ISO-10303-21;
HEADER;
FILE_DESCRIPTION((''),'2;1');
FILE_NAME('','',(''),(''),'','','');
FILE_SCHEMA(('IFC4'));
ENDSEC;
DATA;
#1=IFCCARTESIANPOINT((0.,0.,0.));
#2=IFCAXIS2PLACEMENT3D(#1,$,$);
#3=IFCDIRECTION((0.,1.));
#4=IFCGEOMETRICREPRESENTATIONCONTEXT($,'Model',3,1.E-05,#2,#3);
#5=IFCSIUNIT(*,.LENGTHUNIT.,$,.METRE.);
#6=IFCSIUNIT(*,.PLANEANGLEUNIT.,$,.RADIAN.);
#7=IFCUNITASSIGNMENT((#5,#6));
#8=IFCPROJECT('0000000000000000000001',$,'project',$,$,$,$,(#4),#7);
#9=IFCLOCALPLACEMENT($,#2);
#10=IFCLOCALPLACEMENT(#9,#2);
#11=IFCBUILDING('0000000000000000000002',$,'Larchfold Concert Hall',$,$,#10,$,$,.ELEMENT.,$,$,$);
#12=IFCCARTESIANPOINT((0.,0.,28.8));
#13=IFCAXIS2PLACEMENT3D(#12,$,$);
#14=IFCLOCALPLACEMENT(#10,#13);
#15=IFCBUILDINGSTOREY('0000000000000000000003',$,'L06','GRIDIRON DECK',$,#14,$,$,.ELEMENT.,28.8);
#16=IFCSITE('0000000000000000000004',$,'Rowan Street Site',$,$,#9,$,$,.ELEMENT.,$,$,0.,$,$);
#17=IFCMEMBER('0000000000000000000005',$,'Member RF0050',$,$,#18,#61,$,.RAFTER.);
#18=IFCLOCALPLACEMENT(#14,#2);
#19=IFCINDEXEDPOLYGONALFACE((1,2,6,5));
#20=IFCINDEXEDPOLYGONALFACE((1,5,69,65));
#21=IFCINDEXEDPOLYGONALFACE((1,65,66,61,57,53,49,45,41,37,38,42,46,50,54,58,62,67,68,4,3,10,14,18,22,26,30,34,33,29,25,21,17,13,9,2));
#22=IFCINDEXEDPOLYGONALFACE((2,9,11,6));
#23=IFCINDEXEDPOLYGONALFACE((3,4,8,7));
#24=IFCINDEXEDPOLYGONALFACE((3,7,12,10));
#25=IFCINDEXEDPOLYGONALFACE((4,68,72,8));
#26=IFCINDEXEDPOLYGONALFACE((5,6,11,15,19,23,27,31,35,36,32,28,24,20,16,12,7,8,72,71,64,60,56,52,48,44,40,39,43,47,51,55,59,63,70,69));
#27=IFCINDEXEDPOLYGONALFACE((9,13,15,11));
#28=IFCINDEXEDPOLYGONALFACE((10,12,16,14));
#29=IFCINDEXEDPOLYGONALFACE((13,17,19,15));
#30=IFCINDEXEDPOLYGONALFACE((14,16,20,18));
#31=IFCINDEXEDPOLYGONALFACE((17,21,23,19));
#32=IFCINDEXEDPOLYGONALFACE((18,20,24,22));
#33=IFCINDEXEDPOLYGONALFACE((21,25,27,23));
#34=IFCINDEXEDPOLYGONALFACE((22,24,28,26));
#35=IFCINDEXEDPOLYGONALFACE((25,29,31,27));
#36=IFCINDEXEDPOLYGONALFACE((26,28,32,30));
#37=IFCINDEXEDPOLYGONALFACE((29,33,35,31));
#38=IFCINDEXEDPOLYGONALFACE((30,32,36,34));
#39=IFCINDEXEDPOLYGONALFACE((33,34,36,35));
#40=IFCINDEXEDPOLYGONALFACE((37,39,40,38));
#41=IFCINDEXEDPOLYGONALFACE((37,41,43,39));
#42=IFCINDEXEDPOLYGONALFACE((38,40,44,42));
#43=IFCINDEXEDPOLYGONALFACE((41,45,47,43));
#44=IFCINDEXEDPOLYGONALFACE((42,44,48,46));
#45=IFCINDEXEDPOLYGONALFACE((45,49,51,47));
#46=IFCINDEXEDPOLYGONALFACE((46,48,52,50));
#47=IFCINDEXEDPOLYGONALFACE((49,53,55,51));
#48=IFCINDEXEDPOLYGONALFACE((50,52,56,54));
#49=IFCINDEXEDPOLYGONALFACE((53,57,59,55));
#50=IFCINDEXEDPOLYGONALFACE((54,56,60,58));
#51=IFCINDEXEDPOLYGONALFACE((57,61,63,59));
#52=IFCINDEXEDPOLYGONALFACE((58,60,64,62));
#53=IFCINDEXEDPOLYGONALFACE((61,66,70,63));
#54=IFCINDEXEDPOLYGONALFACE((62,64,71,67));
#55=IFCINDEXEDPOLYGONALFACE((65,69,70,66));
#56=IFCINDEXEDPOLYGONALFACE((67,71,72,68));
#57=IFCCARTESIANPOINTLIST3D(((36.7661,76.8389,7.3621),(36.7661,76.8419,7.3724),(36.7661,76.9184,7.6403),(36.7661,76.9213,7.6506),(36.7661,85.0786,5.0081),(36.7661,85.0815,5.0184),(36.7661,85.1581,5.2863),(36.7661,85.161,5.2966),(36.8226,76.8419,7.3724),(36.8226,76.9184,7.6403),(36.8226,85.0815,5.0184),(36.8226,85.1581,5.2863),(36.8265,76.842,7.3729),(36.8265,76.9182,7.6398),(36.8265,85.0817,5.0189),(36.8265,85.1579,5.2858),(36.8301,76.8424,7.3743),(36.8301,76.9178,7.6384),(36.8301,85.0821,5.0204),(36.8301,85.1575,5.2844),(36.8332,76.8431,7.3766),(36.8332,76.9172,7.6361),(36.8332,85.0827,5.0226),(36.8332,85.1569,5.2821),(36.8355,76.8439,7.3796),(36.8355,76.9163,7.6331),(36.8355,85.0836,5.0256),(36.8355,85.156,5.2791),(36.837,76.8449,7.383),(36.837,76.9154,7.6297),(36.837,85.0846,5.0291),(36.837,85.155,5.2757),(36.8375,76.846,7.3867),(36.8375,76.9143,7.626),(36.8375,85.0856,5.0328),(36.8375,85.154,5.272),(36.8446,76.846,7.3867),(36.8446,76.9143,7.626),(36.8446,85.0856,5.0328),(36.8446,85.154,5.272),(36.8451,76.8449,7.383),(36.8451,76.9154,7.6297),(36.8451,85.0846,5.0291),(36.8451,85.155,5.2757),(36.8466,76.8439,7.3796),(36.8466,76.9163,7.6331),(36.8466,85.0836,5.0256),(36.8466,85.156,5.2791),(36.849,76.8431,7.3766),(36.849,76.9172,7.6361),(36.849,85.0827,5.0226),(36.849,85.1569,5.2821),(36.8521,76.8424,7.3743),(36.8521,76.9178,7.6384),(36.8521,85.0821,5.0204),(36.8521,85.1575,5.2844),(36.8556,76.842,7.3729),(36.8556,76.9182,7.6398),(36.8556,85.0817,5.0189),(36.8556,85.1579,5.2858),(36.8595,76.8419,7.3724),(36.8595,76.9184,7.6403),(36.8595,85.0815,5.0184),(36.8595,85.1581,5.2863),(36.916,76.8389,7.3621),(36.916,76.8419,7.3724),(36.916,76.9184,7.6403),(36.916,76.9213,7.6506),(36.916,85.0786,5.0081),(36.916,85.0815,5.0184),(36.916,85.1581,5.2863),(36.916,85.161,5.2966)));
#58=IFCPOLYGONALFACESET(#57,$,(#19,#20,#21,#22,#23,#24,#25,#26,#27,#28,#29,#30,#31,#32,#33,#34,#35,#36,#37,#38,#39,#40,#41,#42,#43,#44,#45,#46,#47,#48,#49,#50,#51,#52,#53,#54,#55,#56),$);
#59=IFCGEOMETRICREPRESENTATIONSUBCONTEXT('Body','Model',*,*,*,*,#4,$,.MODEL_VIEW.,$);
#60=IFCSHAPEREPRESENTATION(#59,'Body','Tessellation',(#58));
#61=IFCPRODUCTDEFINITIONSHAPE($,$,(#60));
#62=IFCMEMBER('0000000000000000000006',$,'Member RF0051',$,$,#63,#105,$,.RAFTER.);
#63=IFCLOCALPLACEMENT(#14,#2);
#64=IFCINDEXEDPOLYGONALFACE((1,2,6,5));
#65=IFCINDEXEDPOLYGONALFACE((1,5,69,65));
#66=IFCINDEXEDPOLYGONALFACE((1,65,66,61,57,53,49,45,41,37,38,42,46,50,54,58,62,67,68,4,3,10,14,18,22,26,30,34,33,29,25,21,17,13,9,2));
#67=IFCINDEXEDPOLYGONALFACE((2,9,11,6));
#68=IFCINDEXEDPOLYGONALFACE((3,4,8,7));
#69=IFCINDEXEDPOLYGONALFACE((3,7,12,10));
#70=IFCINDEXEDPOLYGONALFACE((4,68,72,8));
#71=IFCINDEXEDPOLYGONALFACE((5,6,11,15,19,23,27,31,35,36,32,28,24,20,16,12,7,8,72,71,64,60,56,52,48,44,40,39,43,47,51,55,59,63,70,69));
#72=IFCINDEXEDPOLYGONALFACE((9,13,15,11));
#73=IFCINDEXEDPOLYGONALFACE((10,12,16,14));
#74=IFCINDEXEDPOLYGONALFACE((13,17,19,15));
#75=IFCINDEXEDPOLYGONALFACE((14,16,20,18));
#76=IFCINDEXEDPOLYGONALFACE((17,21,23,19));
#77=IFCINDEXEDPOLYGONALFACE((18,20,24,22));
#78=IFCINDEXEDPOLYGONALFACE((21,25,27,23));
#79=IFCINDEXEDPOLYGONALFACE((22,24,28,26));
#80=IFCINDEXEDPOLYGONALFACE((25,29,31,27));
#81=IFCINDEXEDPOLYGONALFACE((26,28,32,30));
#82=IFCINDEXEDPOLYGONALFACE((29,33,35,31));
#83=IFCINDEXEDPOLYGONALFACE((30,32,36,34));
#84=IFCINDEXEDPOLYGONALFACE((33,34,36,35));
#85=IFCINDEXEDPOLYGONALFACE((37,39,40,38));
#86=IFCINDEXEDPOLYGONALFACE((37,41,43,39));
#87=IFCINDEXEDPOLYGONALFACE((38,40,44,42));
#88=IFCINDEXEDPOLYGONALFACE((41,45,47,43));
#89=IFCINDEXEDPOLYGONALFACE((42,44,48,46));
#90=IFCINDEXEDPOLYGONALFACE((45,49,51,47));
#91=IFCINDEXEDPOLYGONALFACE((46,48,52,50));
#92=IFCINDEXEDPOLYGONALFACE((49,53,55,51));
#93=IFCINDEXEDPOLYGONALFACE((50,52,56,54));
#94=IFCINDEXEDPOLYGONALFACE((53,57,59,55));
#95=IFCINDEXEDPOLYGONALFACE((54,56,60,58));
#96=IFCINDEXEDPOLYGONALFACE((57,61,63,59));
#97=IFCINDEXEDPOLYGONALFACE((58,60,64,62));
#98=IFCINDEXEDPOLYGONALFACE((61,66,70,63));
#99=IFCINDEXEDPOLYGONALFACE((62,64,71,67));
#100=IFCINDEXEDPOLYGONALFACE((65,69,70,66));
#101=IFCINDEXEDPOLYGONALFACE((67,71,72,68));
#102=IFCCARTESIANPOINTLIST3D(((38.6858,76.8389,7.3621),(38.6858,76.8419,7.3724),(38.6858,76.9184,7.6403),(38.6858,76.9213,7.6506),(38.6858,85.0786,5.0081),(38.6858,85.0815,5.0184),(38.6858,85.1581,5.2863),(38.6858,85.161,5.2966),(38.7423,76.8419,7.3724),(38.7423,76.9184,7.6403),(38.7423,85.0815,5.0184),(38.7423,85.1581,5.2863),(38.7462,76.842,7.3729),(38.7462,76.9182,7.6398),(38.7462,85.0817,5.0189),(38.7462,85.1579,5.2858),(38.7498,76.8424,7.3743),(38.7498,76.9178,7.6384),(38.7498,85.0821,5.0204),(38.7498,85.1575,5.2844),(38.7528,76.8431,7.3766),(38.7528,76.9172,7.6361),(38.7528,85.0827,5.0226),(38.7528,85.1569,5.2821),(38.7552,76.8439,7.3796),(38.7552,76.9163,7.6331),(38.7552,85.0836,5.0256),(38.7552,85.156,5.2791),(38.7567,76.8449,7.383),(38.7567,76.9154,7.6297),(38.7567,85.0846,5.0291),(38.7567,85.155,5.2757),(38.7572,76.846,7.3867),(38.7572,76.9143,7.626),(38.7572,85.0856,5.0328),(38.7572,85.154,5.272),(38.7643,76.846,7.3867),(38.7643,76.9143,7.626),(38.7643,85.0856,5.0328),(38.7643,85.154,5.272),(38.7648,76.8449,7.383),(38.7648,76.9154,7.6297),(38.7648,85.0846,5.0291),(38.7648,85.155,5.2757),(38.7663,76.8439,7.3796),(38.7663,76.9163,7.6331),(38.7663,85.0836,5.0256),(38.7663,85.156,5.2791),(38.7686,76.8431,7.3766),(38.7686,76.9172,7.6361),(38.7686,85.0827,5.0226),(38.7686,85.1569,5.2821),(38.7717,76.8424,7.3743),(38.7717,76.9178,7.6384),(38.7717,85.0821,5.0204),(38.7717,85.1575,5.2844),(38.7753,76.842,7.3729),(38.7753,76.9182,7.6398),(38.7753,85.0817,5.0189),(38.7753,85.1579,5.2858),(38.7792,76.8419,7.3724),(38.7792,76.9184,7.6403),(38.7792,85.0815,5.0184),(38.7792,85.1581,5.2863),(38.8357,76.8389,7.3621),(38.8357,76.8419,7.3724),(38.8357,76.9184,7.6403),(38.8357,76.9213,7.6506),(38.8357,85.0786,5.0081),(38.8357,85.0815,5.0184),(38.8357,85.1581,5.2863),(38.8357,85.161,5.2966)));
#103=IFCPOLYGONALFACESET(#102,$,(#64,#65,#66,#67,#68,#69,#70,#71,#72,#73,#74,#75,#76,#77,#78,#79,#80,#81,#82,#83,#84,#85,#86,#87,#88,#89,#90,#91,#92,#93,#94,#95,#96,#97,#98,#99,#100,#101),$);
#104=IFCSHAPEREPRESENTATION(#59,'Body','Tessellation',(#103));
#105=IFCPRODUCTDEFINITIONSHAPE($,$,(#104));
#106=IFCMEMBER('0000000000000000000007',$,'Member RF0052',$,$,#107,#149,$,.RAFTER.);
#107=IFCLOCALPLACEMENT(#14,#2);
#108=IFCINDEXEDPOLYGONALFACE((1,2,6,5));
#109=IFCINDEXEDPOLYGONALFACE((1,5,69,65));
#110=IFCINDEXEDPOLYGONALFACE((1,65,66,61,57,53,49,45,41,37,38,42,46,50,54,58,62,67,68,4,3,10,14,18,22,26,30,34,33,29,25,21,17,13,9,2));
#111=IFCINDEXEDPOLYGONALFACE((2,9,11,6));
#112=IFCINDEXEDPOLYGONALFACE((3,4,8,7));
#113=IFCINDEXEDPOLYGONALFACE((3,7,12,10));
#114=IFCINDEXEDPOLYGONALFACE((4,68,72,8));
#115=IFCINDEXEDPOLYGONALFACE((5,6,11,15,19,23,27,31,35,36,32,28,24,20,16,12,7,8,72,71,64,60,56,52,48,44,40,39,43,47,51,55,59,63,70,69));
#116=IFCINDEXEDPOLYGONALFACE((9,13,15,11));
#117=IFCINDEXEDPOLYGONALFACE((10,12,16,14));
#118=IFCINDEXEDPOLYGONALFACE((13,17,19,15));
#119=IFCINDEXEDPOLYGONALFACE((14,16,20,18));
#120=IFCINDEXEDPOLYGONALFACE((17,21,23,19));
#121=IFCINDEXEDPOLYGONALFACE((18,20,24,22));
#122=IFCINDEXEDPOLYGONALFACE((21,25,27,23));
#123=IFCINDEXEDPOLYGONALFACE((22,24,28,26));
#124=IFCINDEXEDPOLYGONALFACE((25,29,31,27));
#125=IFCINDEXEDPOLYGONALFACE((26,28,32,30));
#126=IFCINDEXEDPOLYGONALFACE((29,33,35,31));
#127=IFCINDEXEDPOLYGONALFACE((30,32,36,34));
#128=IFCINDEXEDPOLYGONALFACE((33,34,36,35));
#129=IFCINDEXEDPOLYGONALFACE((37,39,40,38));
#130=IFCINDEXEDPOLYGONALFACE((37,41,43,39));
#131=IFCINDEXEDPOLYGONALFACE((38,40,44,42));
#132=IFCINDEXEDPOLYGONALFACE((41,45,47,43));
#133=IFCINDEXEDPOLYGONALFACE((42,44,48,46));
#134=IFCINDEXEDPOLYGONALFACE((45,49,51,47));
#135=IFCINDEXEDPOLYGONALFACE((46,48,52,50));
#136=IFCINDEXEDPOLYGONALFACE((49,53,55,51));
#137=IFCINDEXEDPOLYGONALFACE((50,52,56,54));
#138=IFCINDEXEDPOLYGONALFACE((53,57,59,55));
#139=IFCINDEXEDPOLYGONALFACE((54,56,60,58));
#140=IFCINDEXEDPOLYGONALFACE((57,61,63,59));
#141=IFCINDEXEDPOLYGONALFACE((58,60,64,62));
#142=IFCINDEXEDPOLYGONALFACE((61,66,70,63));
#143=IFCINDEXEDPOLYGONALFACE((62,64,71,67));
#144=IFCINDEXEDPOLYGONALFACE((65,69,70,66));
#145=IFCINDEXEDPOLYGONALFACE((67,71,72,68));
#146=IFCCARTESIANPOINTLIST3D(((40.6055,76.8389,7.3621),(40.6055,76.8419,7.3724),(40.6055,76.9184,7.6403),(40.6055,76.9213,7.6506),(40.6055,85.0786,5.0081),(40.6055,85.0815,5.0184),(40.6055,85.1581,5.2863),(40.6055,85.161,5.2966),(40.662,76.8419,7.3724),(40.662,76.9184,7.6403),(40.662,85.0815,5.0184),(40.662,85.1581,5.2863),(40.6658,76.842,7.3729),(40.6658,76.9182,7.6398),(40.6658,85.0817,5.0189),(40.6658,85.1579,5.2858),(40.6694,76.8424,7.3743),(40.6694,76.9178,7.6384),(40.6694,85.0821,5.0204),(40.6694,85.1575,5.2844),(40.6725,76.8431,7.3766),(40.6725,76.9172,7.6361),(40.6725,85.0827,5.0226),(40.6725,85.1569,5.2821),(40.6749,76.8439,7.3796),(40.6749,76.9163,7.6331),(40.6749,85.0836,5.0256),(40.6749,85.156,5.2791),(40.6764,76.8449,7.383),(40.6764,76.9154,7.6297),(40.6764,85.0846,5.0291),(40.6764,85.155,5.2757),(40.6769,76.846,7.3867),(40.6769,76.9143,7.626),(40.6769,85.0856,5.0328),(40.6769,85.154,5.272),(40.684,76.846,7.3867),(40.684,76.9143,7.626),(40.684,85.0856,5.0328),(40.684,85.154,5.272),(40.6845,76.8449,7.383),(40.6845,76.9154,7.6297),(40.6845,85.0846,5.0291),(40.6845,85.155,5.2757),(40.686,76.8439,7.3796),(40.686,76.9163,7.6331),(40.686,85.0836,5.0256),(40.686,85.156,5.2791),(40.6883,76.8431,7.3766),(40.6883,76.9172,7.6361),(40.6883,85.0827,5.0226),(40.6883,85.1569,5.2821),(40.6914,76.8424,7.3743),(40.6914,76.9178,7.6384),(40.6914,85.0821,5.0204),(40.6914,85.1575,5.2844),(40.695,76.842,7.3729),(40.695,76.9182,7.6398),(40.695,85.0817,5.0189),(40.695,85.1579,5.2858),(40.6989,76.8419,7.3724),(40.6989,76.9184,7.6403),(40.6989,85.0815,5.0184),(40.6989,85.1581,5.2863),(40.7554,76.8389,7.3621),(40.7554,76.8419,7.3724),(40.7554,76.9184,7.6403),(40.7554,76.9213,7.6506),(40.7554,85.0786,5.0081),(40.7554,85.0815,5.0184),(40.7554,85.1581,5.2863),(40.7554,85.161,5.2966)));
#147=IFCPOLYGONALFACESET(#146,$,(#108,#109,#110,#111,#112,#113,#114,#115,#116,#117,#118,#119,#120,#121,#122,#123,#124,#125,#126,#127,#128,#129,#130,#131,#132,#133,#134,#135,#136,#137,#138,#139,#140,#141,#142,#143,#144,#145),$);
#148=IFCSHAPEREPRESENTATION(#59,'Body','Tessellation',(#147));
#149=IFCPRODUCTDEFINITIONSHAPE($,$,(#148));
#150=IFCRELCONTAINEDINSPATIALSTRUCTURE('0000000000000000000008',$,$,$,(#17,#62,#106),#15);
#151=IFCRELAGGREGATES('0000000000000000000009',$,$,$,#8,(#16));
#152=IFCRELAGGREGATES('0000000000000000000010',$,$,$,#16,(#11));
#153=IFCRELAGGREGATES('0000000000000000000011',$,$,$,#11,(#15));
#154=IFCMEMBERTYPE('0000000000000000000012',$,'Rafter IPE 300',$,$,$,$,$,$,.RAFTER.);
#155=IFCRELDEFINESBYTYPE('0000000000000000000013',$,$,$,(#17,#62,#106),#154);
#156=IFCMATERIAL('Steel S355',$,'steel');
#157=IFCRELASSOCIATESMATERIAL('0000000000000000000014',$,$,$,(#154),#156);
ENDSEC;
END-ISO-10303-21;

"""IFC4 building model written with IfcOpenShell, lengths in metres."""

from ifc_helpers import new_model, si_unit, direction, frame, origin, origin_2d, place, context, subcontext, project, spatial, i_section, extrude, material, material_profile, profile_set, type_object, element, save


model = new_model("IFC4")

# Units and contexts
model_context = context("Model", 3, precision=1e-05, world=origin(), true_north=direction((0.0, 1.0)))
body_context = subcontext(model_context, "Body", "Model", "MODEL_VIEW")
ifc_project = project(units=[si_unit("LENGTHUNIT", "METRE"), si_unit("PLANEANGLEUNIT", "RADIAN")], contexts=[model_context])

# Site, building, storey
site_placement = place(None, origin())
site = spatial("IfcSite", under=ifc_project, at=site_placement, Name="Rowan Street Site", CompositionType="ELEMENT", RefElevation=0.0)
building_placement = place(site_placement, origin())
building = spatial("IfcBuilding", under=site, at=building_placement, Name="Larchfold Concert Hall", CompositionType="ELEMENT")
storey_placement = place(building_placement, frame((0.0, 0.0, 28.8)))
storey = spatial("IfcBuildingStorey", under=building, at=storey_placement, Name="L06", Description="GRIDIRON DECK", CompositionType="ELEMENT", Elevation=28.8)

# Members
ifc_material_1 = material(Name="Steel S355", Category="steel")
ifc_material_profile_1 = material_profile(ifc_material_1, i_section(OverallWidth=0.1499, OverallDepth=0.3, WebThickness=0.0071, FlangeThickness=0.0107, FilletRadius=0.0149, at=origin_2d()))
ifc_profile_set_1 = profile_set([ifc_material_profile_1], Name="Steel S355")
member_type_1 = type_object("IfcMemberType", Name="Rafter IPE 300", PredefinedType="RAFTER", material=ifc_profile_set_1)
for number, where, z_axis, x_axis, name in (
    (1, (36.8411, 76.8801, 7.5063), (0.0, 0.96153, -0.274699), (-1.0, 0.0, 0.0), "Member RF0050"),
    (2, (38.7607, 76.8801, 7.5063), (0.0, 0.96153, -0.274699), (-1.0, 0.0, 0.0), "Member RF0051"),
    (3, (40.6804, 76.8801, 7.5063), (0.0, 0.96153, -0.274699), (-1.0, 0.0, 0.0), "Member RF0052"),
):
    element("IfcMember", number, at=place(storey_placement, frame(where, z_axis=z_axis, x_axis=x_axis)), inside=storey, type_object=member_type_1, Name=name, PredefinedType="RAFTER", context=body_context, shape_type="SweptSolid", body=[
        extrude(i_section(OverallWidth=0.1499, OverallDepth=0.3, WebThickness=0.0071, FlangeThickness=0.0107, FilletRadius=0.0149, at=origin_2d()), origin(), (0.0, 0.0, 1.0), 8.5693),
    ])

save(model, "model.ifc")
